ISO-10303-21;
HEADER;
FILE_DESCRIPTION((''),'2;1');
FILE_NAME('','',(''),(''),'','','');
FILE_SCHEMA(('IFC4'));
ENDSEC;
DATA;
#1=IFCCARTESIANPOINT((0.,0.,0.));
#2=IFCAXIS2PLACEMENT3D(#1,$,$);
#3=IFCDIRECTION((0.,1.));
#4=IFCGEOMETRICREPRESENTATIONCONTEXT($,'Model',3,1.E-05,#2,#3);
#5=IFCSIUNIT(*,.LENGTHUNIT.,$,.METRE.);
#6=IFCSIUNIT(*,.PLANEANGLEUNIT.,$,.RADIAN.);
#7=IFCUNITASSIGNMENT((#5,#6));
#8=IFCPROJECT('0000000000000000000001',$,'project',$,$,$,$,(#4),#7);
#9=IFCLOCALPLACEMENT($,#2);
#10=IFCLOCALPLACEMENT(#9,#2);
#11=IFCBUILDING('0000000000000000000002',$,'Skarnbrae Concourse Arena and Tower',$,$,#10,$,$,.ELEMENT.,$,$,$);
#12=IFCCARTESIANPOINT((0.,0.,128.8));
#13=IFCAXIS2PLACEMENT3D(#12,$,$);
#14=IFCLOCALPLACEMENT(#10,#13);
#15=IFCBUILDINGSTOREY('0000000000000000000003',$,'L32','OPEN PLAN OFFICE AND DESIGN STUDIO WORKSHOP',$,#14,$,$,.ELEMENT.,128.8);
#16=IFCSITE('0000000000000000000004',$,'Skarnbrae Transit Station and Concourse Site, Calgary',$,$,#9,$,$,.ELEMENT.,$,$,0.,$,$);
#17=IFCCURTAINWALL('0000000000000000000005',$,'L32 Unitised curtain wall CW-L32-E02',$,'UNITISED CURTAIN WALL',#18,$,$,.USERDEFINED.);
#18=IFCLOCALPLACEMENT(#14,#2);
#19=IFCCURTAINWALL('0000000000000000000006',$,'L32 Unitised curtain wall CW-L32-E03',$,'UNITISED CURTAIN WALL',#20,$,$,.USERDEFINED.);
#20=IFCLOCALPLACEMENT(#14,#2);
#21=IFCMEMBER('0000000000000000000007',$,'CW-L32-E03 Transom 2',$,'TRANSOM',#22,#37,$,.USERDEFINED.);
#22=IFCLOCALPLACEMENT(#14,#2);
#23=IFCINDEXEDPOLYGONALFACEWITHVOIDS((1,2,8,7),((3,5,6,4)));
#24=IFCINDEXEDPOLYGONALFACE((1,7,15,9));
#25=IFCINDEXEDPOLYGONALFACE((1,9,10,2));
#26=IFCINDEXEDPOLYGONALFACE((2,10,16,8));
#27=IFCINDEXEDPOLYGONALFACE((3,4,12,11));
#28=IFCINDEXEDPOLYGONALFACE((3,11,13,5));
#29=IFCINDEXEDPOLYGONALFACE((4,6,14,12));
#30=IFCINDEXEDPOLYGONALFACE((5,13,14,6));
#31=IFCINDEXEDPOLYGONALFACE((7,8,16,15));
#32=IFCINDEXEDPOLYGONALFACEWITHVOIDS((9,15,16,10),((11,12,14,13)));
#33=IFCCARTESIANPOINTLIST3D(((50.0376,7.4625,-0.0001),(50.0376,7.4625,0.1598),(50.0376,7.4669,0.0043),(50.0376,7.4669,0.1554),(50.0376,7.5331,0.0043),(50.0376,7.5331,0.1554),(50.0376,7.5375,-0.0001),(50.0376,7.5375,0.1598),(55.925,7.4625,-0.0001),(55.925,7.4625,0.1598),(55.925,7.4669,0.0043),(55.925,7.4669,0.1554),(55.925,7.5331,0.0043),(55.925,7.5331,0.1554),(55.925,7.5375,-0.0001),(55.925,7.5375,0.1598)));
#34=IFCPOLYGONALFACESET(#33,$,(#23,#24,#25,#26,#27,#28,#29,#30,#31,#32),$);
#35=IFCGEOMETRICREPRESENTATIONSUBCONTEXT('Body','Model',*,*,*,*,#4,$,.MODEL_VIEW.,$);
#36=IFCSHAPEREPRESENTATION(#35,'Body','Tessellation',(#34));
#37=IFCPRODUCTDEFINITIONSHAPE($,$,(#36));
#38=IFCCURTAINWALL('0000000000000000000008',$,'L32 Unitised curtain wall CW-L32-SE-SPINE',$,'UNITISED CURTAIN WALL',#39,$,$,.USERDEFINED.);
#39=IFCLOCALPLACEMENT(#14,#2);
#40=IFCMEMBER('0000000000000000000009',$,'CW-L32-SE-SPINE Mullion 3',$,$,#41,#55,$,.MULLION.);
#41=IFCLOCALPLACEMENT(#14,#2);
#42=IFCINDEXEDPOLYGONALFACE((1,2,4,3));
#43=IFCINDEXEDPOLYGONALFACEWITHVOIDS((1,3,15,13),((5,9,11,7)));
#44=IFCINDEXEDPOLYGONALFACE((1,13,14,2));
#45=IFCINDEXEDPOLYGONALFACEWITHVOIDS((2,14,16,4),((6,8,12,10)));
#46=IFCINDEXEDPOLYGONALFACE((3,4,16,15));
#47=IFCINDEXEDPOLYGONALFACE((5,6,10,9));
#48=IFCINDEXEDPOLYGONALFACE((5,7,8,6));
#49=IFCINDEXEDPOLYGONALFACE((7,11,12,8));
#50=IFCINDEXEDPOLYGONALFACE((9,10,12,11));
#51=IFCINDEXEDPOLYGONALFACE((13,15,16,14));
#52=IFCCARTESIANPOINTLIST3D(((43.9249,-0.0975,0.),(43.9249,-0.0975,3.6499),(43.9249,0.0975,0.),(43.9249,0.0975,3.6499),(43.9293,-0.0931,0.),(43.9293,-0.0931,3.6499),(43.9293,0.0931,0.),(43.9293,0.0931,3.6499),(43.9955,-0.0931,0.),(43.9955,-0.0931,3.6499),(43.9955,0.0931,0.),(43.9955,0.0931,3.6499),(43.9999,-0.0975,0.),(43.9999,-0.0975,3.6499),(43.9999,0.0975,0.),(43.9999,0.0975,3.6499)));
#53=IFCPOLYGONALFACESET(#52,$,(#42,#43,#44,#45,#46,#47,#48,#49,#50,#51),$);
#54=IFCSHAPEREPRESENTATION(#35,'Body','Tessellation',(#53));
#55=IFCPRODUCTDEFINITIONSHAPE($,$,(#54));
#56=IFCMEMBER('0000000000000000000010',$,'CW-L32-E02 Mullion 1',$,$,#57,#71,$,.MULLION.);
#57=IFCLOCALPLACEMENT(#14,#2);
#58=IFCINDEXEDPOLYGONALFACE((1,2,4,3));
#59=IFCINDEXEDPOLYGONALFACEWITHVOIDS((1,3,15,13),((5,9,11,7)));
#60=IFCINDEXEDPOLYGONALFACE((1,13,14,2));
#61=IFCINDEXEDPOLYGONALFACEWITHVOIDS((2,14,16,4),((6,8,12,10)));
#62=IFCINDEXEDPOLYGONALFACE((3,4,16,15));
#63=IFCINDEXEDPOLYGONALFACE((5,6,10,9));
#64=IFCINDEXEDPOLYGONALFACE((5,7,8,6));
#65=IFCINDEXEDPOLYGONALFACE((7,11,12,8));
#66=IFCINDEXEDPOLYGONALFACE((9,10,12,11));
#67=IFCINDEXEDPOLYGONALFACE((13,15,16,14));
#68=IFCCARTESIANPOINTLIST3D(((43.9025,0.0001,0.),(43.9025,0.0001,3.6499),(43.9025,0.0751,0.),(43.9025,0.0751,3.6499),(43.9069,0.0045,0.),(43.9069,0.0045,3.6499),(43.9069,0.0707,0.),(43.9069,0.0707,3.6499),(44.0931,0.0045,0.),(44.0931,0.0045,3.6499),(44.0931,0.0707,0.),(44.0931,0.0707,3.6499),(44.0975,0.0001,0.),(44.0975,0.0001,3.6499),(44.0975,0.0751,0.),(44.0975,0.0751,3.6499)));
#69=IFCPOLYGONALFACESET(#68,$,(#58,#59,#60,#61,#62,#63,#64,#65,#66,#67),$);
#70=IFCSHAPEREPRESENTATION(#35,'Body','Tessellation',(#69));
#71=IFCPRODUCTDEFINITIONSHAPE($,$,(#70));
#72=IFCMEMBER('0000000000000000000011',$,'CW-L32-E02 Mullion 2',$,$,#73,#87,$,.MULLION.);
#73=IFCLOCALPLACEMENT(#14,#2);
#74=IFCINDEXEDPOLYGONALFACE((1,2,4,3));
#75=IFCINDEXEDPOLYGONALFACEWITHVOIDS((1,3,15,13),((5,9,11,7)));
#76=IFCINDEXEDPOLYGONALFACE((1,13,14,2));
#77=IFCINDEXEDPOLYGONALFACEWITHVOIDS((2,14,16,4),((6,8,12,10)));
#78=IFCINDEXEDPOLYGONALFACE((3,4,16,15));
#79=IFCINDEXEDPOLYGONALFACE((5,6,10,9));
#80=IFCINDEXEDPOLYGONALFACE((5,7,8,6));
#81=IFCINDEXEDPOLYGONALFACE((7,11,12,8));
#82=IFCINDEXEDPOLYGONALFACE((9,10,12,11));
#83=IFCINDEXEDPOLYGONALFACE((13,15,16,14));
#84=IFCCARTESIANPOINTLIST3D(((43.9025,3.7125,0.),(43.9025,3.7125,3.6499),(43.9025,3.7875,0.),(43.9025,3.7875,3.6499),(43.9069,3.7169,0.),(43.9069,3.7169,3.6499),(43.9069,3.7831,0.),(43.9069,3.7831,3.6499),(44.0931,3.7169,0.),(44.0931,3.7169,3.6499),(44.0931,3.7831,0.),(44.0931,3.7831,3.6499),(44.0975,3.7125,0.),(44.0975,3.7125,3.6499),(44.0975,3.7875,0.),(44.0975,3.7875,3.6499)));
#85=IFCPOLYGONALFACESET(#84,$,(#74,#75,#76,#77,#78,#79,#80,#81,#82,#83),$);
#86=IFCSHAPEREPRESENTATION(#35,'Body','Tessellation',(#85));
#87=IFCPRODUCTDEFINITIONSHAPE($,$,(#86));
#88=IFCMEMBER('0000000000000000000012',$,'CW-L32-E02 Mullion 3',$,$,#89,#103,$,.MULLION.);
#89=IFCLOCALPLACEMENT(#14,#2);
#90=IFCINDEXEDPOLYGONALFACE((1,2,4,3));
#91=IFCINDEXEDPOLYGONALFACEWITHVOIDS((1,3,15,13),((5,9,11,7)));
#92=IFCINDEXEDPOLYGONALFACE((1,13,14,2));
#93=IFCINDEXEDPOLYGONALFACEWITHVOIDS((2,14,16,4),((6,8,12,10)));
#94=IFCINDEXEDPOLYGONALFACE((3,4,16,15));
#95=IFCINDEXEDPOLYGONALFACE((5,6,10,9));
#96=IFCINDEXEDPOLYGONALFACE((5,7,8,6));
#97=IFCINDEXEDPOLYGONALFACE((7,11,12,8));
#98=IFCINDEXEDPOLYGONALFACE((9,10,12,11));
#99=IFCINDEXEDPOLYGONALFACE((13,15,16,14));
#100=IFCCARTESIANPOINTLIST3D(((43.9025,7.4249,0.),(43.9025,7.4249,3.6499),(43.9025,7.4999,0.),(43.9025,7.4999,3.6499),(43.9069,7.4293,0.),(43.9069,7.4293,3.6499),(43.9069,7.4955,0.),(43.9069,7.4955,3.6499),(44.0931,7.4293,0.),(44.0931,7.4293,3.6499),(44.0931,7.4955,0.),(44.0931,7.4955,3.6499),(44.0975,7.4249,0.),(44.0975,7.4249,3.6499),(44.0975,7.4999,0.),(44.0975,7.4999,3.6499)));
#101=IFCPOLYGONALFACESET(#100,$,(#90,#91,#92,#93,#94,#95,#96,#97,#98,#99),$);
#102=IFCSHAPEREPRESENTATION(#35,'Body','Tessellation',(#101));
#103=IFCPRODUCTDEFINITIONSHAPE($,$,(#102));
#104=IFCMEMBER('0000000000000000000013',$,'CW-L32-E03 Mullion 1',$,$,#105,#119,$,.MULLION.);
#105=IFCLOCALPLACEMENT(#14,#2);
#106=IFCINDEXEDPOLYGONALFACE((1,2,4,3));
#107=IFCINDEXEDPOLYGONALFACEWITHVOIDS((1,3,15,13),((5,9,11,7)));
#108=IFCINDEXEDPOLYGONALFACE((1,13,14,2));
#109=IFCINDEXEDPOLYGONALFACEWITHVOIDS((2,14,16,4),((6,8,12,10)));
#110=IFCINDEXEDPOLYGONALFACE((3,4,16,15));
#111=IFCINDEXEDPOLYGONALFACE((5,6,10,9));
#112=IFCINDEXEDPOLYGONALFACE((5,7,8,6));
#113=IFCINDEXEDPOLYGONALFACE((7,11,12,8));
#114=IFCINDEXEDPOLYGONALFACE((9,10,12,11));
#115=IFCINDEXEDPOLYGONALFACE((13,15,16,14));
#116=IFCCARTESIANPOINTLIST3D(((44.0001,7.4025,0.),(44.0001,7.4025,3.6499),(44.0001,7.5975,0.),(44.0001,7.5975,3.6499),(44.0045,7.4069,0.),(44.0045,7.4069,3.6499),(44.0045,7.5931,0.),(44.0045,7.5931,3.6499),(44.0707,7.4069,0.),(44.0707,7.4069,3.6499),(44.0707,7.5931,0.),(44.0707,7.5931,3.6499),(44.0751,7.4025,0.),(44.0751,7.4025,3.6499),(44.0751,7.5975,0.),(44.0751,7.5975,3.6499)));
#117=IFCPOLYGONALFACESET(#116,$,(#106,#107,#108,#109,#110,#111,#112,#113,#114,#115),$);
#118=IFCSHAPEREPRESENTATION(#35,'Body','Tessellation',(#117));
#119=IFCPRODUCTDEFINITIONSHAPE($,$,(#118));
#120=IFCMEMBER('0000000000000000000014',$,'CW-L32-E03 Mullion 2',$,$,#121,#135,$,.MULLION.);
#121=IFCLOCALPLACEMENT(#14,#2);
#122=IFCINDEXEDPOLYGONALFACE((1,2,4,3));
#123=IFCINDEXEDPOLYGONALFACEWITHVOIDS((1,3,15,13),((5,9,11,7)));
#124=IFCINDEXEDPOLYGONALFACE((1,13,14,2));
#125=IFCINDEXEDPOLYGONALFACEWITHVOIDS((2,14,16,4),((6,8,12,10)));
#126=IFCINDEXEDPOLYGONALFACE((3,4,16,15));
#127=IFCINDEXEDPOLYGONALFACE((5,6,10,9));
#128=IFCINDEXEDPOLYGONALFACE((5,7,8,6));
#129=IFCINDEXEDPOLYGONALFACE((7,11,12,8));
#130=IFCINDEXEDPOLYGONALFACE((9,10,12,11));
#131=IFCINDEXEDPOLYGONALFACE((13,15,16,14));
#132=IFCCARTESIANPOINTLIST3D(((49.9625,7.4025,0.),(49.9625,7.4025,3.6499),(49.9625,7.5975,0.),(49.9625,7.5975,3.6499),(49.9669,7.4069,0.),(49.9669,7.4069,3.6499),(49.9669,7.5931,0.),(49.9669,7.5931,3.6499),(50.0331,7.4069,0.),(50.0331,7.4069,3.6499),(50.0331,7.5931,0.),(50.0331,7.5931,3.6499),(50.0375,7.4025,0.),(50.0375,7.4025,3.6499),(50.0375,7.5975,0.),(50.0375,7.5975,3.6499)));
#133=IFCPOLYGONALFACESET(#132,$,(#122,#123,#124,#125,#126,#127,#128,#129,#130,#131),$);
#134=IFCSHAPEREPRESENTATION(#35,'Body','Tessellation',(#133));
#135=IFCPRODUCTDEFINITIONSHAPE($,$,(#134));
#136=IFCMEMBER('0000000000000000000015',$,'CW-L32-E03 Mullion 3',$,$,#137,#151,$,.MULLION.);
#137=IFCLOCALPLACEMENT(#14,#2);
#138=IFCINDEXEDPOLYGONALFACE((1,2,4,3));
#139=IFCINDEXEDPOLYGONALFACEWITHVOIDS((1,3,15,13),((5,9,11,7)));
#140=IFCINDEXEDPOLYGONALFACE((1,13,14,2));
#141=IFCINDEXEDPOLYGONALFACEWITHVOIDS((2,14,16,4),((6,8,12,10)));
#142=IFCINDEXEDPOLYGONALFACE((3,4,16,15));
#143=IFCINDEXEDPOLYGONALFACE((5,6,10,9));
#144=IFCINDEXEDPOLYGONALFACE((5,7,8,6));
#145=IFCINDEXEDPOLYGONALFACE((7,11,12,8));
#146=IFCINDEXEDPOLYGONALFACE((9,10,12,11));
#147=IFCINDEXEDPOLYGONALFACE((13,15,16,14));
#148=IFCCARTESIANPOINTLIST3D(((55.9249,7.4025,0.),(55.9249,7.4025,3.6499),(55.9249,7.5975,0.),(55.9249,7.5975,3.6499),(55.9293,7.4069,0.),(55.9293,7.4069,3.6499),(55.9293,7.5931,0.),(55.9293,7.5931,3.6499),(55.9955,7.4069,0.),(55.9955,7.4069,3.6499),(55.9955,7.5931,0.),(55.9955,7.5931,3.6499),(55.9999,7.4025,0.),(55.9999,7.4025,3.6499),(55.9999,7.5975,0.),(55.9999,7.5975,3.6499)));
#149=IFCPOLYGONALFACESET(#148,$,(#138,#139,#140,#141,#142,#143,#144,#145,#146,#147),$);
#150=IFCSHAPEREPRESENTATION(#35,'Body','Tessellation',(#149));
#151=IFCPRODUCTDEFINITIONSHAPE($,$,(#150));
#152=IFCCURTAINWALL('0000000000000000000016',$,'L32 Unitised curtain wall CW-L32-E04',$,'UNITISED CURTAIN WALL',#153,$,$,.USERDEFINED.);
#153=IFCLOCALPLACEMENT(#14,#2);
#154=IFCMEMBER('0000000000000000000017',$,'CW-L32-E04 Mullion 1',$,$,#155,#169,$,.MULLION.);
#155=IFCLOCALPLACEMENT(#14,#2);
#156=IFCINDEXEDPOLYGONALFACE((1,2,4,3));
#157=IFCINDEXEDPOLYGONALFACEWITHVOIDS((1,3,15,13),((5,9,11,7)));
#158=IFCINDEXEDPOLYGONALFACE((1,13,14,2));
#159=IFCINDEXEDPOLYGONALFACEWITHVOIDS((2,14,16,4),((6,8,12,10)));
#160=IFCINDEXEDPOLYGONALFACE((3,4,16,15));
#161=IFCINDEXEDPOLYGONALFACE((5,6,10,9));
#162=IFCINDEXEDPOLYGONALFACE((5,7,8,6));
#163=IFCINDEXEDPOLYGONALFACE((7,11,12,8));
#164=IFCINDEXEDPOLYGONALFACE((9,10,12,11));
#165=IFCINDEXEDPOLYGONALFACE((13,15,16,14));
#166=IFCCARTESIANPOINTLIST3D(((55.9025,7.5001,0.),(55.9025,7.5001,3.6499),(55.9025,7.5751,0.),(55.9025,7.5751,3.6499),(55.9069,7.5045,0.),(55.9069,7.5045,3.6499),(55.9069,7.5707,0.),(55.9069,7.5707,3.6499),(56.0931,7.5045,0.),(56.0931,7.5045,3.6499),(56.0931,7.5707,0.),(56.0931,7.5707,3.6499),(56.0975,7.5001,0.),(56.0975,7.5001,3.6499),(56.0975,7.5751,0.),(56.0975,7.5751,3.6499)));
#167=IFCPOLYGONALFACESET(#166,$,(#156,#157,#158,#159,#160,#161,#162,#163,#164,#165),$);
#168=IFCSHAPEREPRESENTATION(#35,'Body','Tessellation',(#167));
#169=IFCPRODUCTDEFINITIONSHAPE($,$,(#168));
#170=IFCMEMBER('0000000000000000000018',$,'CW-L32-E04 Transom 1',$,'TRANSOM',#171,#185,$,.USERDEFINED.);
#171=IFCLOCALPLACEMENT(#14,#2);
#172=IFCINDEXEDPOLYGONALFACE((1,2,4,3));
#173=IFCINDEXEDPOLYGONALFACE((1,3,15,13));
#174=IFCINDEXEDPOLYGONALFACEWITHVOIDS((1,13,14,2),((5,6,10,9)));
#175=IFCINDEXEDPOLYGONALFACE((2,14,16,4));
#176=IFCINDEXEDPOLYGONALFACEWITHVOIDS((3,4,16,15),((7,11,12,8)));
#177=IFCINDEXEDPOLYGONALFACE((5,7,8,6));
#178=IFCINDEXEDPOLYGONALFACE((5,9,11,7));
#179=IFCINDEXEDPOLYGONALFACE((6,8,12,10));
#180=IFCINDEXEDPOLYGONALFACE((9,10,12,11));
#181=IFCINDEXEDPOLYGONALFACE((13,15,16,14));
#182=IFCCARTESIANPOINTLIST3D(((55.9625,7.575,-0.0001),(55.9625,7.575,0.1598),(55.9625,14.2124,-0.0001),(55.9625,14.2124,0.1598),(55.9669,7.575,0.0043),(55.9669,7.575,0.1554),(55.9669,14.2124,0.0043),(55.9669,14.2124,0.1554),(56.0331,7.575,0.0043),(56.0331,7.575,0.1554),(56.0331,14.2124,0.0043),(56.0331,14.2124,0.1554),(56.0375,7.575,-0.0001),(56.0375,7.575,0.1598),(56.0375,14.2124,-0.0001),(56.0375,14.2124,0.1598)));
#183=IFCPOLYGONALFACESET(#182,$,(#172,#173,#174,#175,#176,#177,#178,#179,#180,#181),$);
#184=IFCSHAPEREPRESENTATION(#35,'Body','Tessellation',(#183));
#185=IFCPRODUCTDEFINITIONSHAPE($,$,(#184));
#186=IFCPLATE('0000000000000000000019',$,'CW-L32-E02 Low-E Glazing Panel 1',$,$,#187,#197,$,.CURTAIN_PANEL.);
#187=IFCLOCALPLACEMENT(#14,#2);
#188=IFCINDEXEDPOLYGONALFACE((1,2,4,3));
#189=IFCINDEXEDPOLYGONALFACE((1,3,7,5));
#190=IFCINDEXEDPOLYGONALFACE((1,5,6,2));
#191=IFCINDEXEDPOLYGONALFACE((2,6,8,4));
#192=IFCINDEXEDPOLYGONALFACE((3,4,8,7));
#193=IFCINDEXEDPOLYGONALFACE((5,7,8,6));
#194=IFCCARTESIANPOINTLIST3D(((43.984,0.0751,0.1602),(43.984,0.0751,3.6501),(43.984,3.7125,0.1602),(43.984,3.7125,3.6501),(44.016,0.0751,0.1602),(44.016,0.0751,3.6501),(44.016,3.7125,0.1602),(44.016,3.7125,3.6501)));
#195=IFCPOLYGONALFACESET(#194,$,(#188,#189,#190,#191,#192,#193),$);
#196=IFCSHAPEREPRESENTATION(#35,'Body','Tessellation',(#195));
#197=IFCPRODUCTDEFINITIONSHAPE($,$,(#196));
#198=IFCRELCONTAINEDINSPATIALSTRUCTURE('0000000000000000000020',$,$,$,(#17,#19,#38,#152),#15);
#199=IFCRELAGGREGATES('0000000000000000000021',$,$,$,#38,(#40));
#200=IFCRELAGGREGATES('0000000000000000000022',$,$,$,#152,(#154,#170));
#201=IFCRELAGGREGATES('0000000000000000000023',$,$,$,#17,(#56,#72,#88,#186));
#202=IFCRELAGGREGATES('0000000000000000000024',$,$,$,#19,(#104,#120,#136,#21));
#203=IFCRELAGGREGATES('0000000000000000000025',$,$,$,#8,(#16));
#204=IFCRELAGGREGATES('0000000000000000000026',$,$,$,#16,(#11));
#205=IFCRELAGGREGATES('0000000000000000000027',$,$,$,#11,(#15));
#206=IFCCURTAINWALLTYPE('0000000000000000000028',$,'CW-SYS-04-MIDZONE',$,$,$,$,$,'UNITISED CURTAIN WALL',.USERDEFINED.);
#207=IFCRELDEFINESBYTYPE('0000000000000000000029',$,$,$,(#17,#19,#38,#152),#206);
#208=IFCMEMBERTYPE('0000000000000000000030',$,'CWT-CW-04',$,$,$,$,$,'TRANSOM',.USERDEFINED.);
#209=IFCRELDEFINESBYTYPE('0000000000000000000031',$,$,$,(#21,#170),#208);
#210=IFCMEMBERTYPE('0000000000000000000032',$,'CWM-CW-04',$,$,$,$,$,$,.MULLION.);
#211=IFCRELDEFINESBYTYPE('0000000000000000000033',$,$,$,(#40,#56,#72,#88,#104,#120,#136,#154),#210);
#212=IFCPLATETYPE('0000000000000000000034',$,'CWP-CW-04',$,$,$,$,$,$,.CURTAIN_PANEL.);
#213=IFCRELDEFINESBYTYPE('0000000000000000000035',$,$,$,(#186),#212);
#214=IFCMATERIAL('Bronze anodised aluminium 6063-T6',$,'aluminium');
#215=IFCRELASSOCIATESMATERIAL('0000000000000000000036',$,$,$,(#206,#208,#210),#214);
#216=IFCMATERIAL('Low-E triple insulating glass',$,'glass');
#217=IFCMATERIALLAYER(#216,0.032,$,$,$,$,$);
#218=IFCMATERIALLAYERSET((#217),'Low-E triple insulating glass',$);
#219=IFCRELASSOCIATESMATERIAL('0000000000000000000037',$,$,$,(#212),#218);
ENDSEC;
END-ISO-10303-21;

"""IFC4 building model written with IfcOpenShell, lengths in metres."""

from ifc_helpers import new_model, si_unit, direction, frame, origin, origin_2d, place, context, subcontext, project, spatial, rectangle, hollow_rectangle, extrude, source, transform, mapped, material, layer, layer_set, material_profile, profile_set, type_object, element, aggregate, save


model = new_model("IFC4")

# Units and contexts
model_context = context("Model", 3, precision=1e-05, world=origin(), true_north=direction((0.0, 1.0)))
body_context = subcontext(model_context, "Body", "Model", "MODEL_VIEW")
ifc_project = project(units=[si_unit("LENGTHUNIT", "METRE"), si_unit("PLANEANGLEUNIT", "RADIAN")], contexts=[model_context])

# Site, building, storey
site_placement = place(None, origin())
site = spatial("IfcSite", under=ifc_project, at=site_placement, Name="Skarnbrae Transit Station and Concourse Site, Calgary", CompositionType="ELEMENT", RefElevation=0.0)
building_placement = place(site_placement, origin())
building = spatial("IfcBuilding", under=site, at=building_placement, Name="Skarnbrae Concourse Arena and Tower", CompositionType="ELEMENT")
storey_placement = place(building_placement, frame((0.0, 0.0, 128.8)))
storey = spatial("IfcBuildingStorey", under=building, at=storey_placement, Name="L32", Description="OPEN PLAN OFFICE AND DESIGN STUDIO WORKSHOP", CompositionType="ELEMENT", Elevation=128.8)

# Curtain walls, member
ifc_material_1 = material(Name="Bronze anodised aluminium 6063-T6", Category="aluminium")
curtain_wall_type = type_object("IfcCurtainWallType", Name="CW-SYS-04-MIDZONE", ElementType="UNITISED CURTAIN WALL", PredefinedType="USERDEFINED", material=ifc_material_1)
curtain_wall_1_placement = place(storey_placement, origin())
curtain_wall_1 = element("IfcCurtainWall", 1, at=curtain_wall_1_placement, inside=storey, type_object=curtain_wall_type, Name="L32 Unitised curtain wall CW-L32-E02", ObjectType="UNITISED CURTAIN WALL", PredefinedType="USERDEFINED")
ifc_material_profile_1 = material_profile(ifc_material_1, hollow_rectangle(XDim=0.075, YDim=0.1599, WallThickness=0.0044, at=origin_2d()), Name="ALU-TRAN-75X160")
ifc_profile_set_1 = profile_set([ifc_material_profile_1], Name="Bronze anodised aluminium 6063-T6")
member_type_1 = type_object("IfcMemberType", Name="CWT-CW-04", ElementType="TRANSOM", PredefinedType="USERDEFINED", material=ifc_profile_set_1)
curtain_wall_2_placement = place(storey_placement, origin())
curtain_wall_2 = element("IfcCurtainWall", 2, at=curtain_wall_2_placement, inside=storey, type_object=curtain_wall_type, Name="L32 Unitised curtain wall CW-L32-E03", ObjectType="UNITISED CURTAIN WALL", PredefinedType="USERDEFINED")
shared_shape_1 = source(origin(), body_context, "Body", "SweptSolid", [
    extrude(hollow_rectangle(XDim=0.075, YDim=0.1599, WallThickness=0.0044, at=origin_2d()), origin(), (0.0, 0.0, 1.0), 5.8875),
])
member_1_placement = place(storey_placement, frame((50.0376, 7.5, 0.0798), z_axis=(1.0, 0.0, 0.0), x_axis=(0.0, 1.0, 0.0)))
member_1 = element("IfcMember", 3, at=member_1_placement, type_object=member_type_1, Name="CW-L32-E03 Transom 2", ObjectType="TRANSOM", PredefinedType="USERDEFINED", context=body_context, shape_type="MappedRepresentation", body=[
    mapped(shared_shape_1, transform((0.0, 0.0, 0.0))),
])

# Curtain wall, member
curtain_wall_3_placement = place(storey_placement, origin())
curtain_wall_3 = element("IfcCurtainWall", 4, at=curtain_wall_3_placement, inside=storey, type_object=curtain_wall_type, Name="L32 Unitised curtain wall CW-L32-SE-SPINE", ObjectType="UNITISED CURTAIN WALL", PredefinedType="USERDEFINED")
ifc_material_profile_2 = material_profile(ifc_material_1, hollow_rectangle(XDim=0.075, YDim=0.1951, WallThickness=0.0044, at=origin_2d()), Name="ALU-MULL-75X195")
ifc_profile_set_2 = profile_set([ifc_material_profile_2], Name="Bronze anodised aluminium 6063-T6")
member_type_2 = type_object("IfcMemberType", Name="CWM-CW-04", PredefinedType="MULLION", material=ifc_profile_set_2)
shared_shape_2 = source(origin(), body_context, "Body", "SweptSolid", [
    extrude(hollow_rectangle(XDim=0.075, YDim=0.1951, WallThickness=0.0044, at=origin_2d()), origin(), (0.0, 0.0, 1.0), 3.6499),
])
member_2_placement = place(storey_placement, frame((43.9624, 0.0, 0.0), z_axis=(0.0, 0.0, 1.0), x_axis=(1.0, 0.0, 0.0)))
member_2 = element("IfcMember", 5, at=member_2_placement, type_object=member_type_2, Name="CW-L32-SE-SPINE Mullion 3", PredefinedType="MULLION", context=body_context, shape_type="MappedRepresentation", body=[
    mapped(shared_shape_2, transform((0.0, 0.0, 0.0))),
])
aggregate(curtain_wall_3, [member_2])

# Members
member_3_placement = place(storey_placement, frame((44.0, 0.0376, 0.0), z_axis=(0.0, 0.0, 1.0), x_axis=(0.0, 1.0, 0.0)))
member_3 = element("IfcMember", 6, at=member_3_placement, type_object=member_type_2, Name="CW-L32-E02 Mullion 1", PredefinedType="MULLION", context=body_context, shape_type="MappedRepresentation", body=[
    mapped(shared_shape_2, transform((0.0, 0.0, 0.0))),
])
member_4_placement = place(storey_placement, frame((44.0, 3.75, 0.0), z_axis=(0.0, 0.0, 1.0), x_axis=(0.0, 1.0, 0.0)))
member_4 = element("IfcMember", 7, at=member_4_placement, type_object=member_type_2, Name="CW-L32-E02 Mullion 2", PredefinedType="MULLION", context=body_context, shape_type="MappedRepresentation", body=[
    mapped(shared_shape_2, transform((0.0, 0.0, 0.0))),
])
member_5_placement = place(storey_placement, frame((44.0, 7.4624, 0.0), z_axis=(0.0, 0.0, 1.0), x_axis=(0.0, 1.0, 0.0)))
member_5 = element("IfcMember", 8, at=member_5_placement, type_object=member_type_2, Name="CW-L32-E02 Mullion 3", PredefinedType="MULLION", context=body_context, shape_type="MappedRepresentation", body=[
    mapped(shared_shape_2, transform((0.0, 0.0, 0.0))),
])
member_6_placement = place(storey_placement, frame((44.0376, 7.5, 0.0), z_axis=(0.0, 0.0, 1.0), x_axis=(1.0, 0.0, 0.0)))
member_6 = element("IfcMember", 9, at=member_6_placement, type_object=member_type_2, Name="CW-L32-E03 Mullion 1", PredefinedType="MULLION", context=body_context, shape_type="MappedRepresentation", body=[
    mapped(shared_shape_2, transform((0.0, 0.0, 0.0))),
])
member_7_placement = place(storey_placement, frame((50.0, 7.5, 0.0), z_axis=(0.0, 0.0, 1.0), x_axis=(1.0, 0.0, 0.0)))
member_7 = element("IfcMember", 10, at=member_7_placement, type_object=member_type_2, Name="CW-L32-E03 Mullion 2", PredefinedType="MULLION", context=body_context, shape_type="MappedRepresentation", body=[
    mapped(shared_shape_2, transform((0.0, 0.0, 0.0))),
])
member_8_placement = place(storey_placement, frame((55.9624, 7.5, 0.0), z_axis=(0.0, 0.0, 1.0), x_axis=(1.0, 0.0, 0.0)))
member_8 = element("IfcMember", 11, at=member_8_placement, type_object=member_type_2, Name="CW-L32-E03 Mullion 3", PredefinedType="MULLION", context=body_context, shape_type="MappedRepresentation", body=[
    mapped(shared_shape_2, transform((0.0, 0.0, 0.0))),
])

# Curtain wall, members
curtain_wall_4_placement = place(storey_placement, origin())
curtain_wall_4 = element("IfcCurtainWall", 12, at=curtain_wall_4_placement, inside=storey, type_object=curtain_wall_type, Name="L32 Unitised curtain wall CW-L32-E04", ObjectType="UNITISED CURTAIN WALL", PredefinedType="USERDEFINED")
member_9_placement = place(storey_placement, frame((56.0, 7.5376, 0.0), z_axis=(0.0, 0.0, 1.0), x_axis=(0.0, 1.0, 0.0)))
member_9 = element("IfcMember", 13, at=member_9_placement, type_object=member_type_2, Name="CW-L32-E04 Mullion 1", PredefinedType="MULLION", context=body_context, shape_type="MappedRepresentation", body=[
    mapped(shared_shape_2, transform((0.0, 0.0, 0.0))),
])
shared_shape_3 = source(origin(), body_context, "Body", "SweptSolid", [
    extrude(hollow_rectangle(XDim=0.075, YDim=0.1599, WallThickness=0.0044, at=origin_2d()), origin(), (0.0, 0.0, 1.0), 6.6375),
])
member_10_placement = place(storey_placement, frame((56.0, 7.575, 0.0798), z_axis=(0.0, 1.0, 0.0), x_axis=(-1.0, 0.0, 0.0)))
member_10 = element("IfcMember", 14, at=member_10_placement, type_object=member_type_1, Name="CW-L32-E04 Transom 1", ObjectType="TRANSOM", PredefinedType="USERDEFINED", context=body_context, shape_type="MappedRepresentation", body=[
    mapped(shared_shape_3, transform((0.0, 0.0, 0.0))),
])
aggregate(curtain_wall_4, [member_9, member_10])

# Plate
ifc_material_2 = material(Name="Low-E triple insulating glass", Category="glass")
ifc_layer = layer(ifc_material_2, 0.032)
ifc_layer_set = layer_set([ifc_layer], Name="Low-E triple insulating glass")
plate_type = type_object("IfcPlateType", Name="CWP-CW-04", PredefinedType="CURTAIN_PANEL", material=ifc_layer_set)
shared_shape_4 = source(origin(), body_context, "Body", "SweptSolid", [
    extrude(rectangle(XDim=3.6375, YDim=0.032, at=origin_2d()), origin(), (0.0, 0.0, 1.0), 3.49),
])
plate_1_placement = place(storey_placement, frame((44.0, 1.8938, 0.1602), z_axis=(0.0, 0.0, 1.0), x_axis=(0.0, 1.0, 0.0)))
plate_1 = element("IfcPlate", 15, at=plate_1_placement, type_object=plate_type, Name="CW-L32-E02 Low-E Glazing Panel 1", PredefinedType="CURTAIN_PANEL", context=body_context, shape_type="MappedRepresentation", body=[
    mapped(shared_shape_4, transform((0.0, 0.0, 0.0))),
])
aggregate(curtain_wall_1, [member_3, member_4, member_5, plate_1])
aggregate(curtain_wall_2, [member_6, member_7, member_8, member_1])

save(model, "model.ifc")
